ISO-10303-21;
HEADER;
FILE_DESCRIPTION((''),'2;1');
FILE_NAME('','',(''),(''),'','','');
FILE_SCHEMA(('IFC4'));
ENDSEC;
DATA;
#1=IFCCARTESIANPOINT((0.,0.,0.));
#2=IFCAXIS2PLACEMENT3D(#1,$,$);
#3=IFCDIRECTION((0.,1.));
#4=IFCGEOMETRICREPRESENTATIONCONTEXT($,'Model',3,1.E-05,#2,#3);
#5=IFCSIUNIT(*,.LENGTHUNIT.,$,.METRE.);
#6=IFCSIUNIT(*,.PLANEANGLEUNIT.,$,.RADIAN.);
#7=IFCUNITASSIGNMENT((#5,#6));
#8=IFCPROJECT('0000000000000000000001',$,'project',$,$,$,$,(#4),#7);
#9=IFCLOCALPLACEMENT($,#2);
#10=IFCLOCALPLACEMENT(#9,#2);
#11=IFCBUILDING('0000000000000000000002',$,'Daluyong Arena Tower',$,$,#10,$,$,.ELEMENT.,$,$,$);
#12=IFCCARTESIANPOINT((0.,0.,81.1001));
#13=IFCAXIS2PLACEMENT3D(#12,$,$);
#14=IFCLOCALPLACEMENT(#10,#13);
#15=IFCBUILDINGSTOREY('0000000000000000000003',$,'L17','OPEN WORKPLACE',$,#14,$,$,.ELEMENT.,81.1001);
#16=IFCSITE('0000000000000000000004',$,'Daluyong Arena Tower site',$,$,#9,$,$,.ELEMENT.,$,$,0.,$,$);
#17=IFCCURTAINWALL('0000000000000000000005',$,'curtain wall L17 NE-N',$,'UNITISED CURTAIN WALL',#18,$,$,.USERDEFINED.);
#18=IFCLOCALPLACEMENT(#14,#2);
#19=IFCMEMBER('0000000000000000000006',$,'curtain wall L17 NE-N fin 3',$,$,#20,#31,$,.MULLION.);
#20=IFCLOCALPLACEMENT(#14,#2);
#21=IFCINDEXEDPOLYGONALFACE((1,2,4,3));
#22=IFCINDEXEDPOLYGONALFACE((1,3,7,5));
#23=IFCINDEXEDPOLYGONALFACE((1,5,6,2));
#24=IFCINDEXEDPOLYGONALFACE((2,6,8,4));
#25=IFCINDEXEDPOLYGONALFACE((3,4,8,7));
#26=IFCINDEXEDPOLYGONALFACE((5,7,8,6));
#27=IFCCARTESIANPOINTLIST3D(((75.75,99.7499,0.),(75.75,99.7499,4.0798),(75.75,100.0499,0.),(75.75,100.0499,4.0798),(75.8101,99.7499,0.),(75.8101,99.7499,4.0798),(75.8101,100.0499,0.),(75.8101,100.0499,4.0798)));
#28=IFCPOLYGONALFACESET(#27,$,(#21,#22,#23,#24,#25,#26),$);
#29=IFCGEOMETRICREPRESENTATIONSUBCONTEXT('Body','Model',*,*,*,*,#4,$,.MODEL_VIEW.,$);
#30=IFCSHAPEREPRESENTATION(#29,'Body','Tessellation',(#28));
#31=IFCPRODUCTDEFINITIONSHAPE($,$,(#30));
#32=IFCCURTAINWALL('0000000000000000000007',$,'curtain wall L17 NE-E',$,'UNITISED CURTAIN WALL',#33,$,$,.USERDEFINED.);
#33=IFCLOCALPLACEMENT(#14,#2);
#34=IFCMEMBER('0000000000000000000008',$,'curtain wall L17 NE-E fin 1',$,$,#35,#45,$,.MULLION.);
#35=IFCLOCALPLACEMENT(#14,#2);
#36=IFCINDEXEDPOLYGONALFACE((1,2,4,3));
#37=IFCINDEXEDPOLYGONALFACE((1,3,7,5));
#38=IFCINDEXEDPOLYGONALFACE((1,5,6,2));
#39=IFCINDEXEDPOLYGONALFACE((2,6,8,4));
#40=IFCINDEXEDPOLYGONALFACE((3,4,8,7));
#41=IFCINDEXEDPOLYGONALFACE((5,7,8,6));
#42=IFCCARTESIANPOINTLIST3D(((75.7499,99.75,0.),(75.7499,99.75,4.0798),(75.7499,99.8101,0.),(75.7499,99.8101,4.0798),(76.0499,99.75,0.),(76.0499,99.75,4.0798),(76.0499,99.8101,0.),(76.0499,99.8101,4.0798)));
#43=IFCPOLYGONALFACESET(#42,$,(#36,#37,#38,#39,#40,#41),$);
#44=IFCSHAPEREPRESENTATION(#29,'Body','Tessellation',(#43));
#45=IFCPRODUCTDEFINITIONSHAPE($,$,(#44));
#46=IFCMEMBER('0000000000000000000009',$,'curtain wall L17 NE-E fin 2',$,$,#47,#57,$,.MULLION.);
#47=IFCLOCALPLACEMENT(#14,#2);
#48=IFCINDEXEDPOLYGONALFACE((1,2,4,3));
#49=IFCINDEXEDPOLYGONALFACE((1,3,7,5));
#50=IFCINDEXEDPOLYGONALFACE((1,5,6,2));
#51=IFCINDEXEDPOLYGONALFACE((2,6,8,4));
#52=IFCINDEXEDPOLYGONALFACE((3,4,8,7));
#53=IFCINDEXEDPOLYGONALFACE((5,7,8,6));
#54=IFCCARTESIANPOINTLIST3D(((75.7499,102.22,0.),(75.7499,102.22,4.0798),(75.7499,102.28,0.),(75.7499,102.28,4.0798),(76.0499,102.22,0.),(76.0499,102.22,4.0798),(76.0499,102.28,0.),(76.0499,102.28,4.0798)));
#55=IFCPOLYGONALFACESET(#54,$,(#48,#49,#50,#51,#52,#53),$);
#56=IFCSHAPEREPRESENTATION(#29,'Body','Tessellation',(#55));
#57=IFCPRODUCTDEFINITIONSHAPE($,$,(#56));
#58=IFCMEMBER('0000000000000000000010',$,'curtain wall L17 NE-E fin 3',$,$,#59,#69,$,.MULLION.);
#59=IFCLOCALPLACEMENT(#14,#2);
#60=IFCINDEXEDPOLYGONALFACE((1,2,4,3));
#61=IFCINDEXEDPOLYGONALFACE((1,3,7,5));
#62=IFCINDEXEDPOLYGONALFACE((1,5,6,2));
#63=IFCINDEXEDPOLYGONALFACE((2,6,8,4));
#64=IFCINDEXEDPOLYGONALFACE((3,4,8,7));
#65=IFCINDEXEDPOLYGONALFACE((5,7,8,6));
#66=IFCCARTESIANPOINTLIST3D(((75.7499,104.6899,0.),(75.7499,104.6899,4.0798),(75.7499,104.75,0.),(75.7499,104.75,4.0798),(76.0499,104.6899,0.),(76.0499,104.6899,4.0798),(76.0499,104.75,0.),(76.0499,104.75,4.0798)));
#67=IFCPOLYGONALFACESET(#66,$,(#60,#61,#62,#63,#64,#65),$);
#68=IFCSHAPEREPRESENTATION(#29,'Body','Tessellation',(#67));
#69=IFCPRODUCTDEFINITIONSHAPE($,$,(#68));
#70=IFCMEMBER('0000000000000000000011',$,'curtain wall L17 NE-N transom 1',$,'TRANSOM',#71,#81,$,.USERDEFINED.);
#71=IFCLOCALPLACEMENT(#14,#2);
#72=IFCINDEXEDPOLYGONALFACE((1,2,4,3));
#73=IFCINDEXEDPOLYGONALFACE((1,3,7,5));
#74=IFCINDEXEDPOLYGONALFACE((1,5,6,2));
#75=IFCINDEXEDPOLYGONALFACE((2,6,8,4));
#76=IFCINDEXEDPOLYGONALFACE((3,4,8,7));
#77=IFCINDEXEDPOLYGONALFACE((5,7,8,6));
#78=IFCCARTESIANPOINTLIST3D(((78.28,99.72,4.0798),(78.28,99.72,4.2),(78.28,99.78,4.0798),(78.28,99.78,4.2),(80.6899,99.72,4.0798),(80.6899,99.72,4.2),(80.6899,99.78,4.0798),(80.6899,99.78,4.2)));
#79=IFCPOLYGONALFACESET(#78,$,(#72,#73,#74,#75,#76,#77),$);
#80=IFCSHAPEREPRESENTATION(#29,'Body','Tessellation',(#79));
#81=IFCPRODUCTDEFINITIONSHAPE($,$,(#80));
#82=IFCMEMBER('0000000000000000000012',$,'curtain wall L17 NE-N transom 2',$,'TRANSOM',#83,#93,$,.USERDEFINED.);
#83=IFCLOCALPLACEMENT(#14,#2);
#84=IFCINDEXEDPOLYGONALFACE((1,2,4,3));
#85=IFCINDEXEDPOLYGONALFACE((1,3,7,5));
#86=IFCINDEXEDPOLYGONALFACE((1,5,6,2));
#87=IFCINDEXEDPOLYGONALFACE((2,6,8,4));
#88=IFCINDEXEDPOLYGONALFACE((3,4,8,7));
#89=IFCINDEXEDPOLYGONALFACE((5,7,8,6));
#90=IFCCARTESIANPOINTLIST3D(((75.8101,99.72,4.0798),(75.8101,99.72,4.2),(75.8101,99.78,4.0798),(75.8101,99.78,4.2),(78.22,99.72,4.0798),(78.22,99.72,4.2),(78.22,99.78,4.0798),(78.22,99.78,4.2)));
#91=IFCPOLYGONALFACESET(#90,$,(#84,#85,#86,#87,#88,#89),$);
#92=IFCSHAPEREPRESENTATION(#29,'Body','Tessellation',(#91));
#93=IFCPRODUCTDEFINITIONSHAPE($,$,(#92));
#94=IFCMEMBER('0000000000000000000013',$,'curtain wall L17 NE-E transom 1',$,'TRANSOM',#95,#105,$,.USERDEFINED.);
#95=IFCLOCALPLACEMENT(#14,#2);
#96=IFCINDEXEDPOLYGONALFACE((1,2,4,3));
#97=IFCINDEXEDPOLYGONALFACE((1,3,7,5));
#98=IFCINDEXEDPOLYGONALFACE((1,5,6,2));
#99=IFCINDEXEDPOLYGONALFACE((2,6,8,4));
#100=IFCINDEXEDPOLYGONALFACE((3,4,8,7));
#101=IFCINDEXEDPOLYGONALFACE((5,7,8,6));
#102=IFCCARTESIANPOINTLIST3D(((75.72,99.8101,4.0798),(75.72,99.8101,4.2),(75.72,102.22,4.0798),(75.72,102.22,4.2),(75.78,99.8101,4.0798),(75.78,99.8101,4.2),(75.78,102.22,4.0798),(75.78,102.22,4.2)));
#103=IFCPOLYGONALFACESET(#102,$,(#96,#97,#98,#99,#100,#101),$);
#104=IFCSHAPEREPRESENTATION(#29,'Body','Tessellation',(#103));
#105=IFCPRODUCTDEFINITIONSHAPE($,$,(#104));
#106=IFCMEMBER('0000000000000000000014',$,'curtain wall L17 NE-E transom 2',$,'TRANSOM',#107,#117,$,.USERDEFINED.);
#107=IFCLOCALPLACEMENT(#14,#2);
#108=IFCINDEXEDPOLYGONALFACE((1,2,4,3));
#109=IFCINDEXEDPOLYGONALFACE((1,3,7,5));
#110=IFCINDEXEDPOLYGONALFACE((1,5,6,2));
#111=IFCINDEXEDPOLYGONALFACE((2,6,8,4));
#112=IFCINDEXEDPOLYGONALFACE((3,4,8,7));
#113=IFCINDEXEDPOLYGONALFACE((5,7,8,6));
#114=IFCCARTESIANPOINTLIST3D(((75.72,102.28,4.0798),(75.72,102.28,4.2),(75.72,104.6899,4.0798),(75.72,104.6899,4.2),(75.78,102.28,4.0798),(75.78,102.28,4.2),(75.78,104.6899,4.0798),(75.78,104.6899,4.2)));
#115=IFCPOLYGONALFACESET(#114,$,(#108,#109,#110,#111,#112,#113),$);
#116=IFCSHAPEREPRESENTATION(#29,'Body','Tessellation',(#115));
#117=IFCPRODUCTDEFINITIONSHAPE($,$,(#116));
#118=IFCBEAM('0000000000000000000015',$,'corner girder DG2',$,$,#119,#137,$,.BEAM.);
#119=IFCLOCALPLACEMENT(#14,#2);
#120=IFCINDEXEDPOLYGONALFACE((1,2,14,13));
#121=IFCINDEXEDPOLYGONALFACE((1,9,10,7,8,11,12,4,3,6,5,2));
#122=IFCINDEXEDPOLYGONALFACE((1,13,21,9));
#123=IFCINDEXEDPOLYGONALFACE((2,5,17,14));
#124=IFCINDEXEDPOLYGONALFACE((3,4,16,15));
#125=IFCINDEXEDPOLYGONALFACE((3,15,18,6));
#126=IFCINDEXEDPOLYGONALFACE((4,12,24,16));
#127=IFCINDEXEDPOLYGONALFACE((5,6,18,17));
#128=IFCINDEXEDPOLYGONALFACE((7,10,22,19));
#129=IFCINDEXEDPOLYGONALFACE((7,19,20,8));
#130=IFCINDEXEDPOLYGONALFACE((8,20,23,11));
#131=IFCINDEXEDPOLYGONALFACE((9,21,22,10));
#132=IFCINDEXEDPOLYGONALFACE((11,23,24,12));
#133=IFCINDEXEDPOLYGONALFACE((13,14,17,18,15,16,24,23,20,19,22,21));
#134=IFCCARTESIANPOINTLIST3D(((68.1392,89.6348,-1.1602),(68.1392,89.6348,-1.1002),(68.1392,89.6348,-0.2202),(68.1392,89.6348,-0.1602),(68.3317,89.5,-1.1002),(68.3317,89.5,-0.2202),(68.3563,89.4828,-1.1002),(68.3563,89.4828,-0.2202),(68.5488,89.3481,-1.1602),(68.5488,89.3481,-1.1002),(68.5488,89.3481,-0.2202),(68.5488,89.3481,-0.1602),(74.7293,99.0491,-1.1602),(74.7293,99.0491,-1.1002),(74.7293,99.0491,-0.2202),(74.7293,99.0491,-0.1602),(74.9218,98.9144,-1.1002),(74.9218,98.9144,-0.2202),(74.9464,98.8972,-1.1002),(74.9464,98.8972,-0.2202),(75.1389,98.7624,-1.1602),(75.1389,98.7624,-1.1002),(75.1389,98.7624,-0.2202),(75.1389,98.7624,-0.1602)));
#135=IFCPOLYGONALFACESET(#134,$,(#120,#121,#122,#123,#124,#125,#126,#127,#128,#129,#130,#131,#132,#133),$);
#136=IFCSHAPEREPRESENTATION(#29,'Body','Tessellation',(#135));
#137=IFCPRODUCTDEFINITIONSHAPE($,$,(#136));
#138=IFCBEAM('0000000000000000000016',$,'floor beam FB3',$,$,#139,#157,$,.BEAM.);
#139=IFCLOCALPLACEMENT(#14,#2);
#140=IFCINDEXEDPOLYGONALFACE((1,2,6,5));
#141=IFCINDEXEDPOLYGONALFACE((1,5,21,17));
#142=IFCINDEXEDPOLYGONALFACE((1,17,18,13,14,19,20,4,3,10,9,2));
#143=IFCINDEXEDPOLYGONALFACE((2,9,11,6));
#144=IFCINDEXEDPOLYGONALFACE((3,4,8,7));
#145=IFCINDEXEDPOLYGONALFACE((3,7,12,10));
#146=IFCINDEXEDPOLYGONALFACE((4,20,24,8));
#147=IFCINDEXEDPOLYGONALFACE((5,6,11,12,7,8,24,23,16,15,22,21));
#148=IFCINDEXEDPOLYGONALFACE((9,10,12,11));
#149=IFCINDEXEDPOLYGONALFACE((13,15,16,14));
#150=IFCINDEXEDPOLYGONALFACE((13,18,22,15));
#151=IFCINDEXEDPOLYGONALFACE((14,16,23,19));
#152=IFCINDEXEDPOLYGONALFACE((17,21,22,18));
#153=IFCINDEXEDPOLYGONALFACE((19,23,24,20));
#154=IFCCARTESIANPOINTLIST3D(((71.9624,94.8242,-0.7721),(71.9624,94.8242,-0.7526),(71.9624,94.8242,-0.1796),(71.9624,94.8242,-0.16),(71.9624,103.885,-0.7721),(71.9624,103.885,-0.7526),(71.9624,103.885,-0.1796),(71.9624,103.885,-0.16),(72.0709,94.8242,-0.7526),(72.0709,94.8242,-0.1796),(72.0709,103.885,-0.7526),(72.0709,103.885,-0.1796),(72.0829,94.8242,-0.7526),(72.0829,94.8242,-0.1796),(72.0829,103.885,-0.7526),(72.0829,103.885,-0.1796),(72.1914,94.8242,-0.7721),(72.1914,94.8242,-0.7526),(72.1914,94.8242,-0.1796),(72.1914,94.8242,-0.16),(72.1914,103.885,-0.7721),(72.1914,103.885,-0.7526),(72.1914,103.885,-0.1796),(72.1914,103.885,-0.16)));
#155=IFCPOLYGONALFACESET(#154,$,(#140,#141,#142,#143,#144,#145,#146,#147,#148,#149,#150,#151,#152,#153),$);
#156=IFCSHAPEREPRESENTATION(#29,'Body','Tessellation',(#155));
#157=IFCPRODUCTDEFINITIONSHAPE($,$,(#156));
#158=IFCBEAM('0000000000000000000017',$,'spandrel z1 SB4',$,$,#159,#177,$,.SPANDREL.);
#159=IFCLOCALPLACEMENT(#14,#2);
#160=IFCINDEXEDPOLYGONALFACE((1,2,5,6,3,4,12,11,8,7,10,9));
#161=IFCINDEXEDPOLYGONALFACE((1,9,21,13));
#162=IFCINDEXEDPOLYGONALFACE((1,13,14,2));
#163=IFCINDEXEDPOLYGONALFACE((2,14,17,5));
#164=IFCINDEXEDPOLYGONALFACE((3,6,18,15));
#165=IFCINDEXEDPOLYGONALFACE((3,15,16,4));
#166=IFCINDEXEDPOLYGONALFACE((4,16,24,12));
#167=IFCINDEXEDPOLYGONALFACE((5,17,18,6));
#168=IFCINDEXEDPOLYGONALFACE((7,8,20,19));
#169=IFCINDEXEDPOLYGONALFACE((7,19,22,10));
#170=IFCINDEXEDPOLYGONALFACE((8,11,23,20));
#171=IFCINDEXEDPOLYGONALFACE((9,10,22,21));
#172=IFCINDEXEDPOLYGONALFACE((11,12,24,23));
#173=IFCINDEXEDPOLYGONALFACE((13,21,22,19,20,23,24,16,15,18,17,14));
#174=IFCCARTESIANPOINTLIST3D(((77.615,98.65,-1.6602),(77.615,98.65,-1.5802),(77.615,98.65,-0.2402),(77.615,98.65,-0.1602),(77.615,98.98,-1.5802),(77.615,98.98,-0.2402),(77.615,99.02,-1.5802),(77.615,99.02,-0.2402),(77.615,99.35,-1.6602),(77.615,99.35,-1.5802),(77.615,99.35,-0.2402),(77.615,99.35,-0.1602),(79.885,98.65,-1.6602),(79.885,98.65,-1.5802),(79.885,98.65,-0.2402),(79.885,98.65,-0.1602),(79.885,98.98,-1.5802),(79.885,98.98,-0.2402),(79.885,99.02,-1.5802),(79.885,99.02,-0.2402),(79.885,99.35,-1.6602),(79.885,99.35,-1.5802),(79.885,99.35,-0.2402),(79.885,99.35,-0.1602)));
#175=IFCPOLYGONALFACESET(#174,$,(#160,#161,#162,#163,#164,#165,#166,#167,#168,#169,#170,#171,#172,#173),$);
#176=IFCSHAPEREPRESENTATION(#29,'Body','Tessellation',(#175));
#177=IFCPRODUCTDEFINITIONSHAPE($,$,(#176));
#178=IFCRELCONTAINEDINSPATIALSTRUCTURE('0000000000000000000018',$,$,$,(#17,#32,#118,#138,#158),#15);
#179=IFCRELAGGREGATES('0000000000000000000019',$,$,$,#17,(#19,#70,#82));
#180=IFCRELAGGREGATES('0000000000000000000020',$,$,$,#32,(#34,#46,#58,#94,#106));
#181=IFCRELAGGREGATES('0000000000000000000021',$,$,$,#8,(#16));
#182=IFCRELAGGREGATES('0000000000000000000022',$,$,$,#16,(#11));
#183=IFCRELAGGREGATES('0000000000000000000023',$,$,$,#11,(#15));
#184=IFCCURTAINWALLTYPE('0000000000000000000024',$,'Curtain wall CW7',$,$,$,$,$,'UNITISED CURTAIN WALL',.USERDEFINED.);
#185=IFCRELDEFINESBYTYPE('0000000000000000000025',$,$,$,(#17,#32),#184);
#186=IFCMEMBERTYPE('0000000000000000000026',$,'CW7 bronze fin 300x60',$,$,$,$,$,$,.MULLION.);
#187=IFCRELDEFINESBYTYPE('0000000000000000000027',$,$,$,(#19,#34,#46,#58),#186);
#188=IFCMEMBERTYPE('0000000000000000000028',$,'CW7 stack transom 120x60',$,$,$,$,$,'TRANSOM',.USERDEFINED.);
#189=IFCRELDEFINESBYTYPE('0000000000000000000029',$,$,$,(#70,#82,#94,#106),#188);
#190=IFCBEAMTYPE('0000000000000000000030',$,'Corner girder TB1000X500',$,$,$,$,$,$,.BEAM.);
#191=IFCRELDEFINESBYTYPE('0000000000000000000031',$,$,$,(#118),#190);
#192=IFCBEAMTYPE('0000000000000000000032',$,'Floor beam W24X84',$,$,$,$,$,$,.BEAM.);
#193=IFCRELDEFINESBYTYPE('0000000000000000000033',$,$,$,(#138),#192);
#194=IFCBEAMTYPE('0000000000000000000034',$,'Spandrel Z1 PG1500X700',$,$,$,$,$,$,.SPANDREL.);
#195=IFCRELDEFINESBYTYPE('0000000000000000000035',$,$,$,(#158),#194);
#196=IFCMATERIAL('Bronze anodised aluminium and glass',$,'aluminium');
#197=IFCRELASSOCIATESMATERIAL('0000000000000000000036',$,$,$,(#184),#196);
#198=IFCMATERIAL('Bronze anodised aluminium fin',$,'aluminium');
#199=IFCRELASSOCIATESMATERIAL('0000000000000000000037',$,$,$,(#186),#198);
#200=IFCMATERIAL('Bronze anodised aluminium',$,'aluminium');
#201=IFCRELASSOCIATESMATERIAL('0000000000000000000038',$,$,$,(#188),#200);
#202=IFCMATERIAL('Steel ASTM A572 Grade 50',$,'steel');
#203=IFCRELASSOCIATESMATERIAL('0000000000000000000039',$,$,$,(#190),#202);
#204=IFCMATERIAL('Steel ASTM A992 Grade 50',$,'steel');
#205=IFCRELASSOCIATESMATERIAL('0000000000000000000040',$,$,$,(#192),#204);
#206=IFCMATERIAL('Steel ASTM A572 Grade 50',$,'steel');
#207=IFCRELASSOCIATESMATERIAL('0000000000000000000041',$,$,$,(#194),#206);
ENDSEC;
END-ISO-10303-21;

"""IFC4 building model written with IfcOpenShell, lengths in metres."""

from ifc_helpers import new_model, si_unit, direction, frame, origin, origin_2d, place, context, subcontext, project, spatial, rectangle, i_section, extrude, material, material_profile, profile_set, type_object, element, aggregate, save


model = new_model("IFC4")

# Units and contexts
model_context = context("Model", 3, precision=1e-05, world=origin(), true_north=direction((0.0, 1.0)))
body_context = subcontext(model_context, "Body", "Model", "MODEL_VIEW")
ifc_project = project(units=[si_unit("LENGTHUNIT", "METRE"), si_unit("PLANEANGLEUNIT", "RADIAN")], contexts=[model_context])

# Site, building, storey
site_placement = place(None, origin())
site = spatial("IfcSite", under=ifc_project, at=site_placement, Name="Daluyong Arena Tower site", CompositionType="ELEMENT", RefElevation=0.0)
building_placement = place(site_placement, origin())
building = spatial("IfcBuilding", under=site, at=building_placement, Name="Daluyong Arena Tower", CompositionType="ELEMENT")
storey_placement = place(building_placement, frame((0.0, 0.0, 81.1001)))
storey = spatial("IfcBuildingStorey", under=building, at=storey_placement, Name="L17", Description="OPEN WORKPLACE", CompositionType="ELEMENT", Elevation=81.1001)

# Curtain walls, members
ifc_material_1 = material(Name="Bronze anodised aluminium and glass", Category="aluminium")
curtain_wall_type_1 = type_object("IfcCurtainWallType", Name="Curtain wall CW7", ElementType="UNITISED CURTAIN WALL", PredefinedType="USERDEFINED", material=ifc_material_1)
curtain_wall_1_placement = place(storey_placement, origin())
curtain_wall_1 = element("IfcCurtainWall", 1, at=curtain_wall_1_placement, inside=storey, type_object=curtain_wall_type_1, Name="curtain wall L17 NE-N", ObjectType="UNITISED CURTAIN WALL", PredefinedType="USERDEFINED")
ifc_material_2 = material(Name="Bronze anodised aluminium fin", Category="aluminium")
ifc_material_profile_1 = material_profile(ifc_material_2, rectangle(XDim=0.3, YDim=0.0601, at=origin_2d()))
ifc_profile_set_1 = profile_set([ifc_material_profile_1], Name="Bronze anodised aluminium fin")
member_type_1 = type_object("IfcMemberType", Name="CW7 bronze fin 300x60", PredefinedType="MULLION", material=ifc_profile_set_1)
member_1_placement = place(storey_placement, frame((75.78, 99.8999, 0.0), z_axis=(0.0, 0.0, 1.0), x_axis=(0.0, -1.0, 0.0)))
member_1 = element("IfcMember", 2, at=member_1_placement, type_object=member_type_1, Name="curtain wall L17 NE-N fin 3", PredefinedType="MULLION", context=body_context, shape_type="SweptSolid", body=[
    extrude(rectangle(XDim=0.3, YDim=0.0601, at=origin_2d()), origin(), (0.0, 0.0, 1.0), 4.0798),
])
curtain_wall_2_placement = place(storey_placement, origin())
curtain_wall_2 = element("IfcCurtainWall", 3, at=curtain_wall_2_placement, inside=storey, type_object=curtain_wall_type_1, Name="curtain wall L17 NE-E", ObjectType="UNITISED CURTAIN WALL", PredefinedType="USERDEFINED")
member_2_placement = place(storey_placement, frame((75.8999, 99.78, 0.0), z_axis=(0.0, 0.0, 1.0), x_axis=(-1.0, 0.0, 0.0)))
member_2 = element("IfcMember", 4, at=member_2_placement, type_object=member_type_1, Name="curtain wall L17 NE-E fin 1", PredefinedType="MULLION", context=body_context, shape_type="SweptSolid", body=[
    extrude(rectangle(XDim=0.3, YDim=0.0601, at=origin_2d()), origin(), (0.0, 0.0, 1.0), 4.0798),
])
member_3_placement = place(storey_placement, frame((75.8999, 102.25, 0.0), z_axis=(0.0, 0.0, 1.0), x_axis=(-1.0, 0.0, 0.0)))
member_3 = element("IfcMember", 5, at=member_3_placement, type_object=member_type_1, Name="curtain wall L17 NE-E fin 2", PredefinedType="MULLION", context=body_context, shape_type="SweptSolid", body=[
    extrude(rectangle(XDim=0.3, YDim=0.0601, at=origin_2d()), origin(), (0.0, 0.0, 1.0), 4.0798),
])
member_4_placement = place(storey_placement, frame((75.8999, 104.72, 0.0), z_axis=(0.0, 0.0, 1.0), x_axis=(-1.0, 0.0, 0.0)))
member_4 = element("IfcMember", 6, at=member_4_placement, type_object=member_type_1, Name="curtain wall L17 NE-E fin 3", PredefinedType="MULLION", context=body_context, shape_type="SweptSolid", body=[
    extrude(rectangle(XDim=0.3, YDim=0.0601, at=origin_2d()), origin(), (0.0, 0.0, 1.0), 4.0798),
])

# Members
ifc_material_3 = material(Name="Bronze anodised aluminium", Category="aluminium")
ifc_material_profile_2 = material_profile(ifc_material_3, rectangle(XDim=0.0601, YDim=0.1201, at=origin_2d()))
ifc_profile_set_2 = profile_set([ifc_material_profile_2], Name="Bronze anodised aluminium")
member_type_2 = type_object("IfcMemberType", Name="CW7 stack transom 120x60", ElementType="TRANSOM", PredefinedType="USERDEFINED", material=ifc_profile_set_2)
member_5_placement = place(storey_placement, frame((80.6899, 99.75, 4.1399), z_axis=(-1.0, 0.0, 0.0), x_axis=(0.0, -1.0, 0.0)))
member_5 = element("IfcMember", 7, at=member_5_placement, type_object=member_type_2, Name="curtain wall L17 NE-N transom 1", ObjectType="TRANSOM", PredefinedType="USERDEFINED", context=body_context, shape_type="SweptSolid", body=[
    extrude(rectangle(XDim=0.0601, YDim=0.1201, at=origin_2d()), origin(), (0.0, 0.0, 1.0), 2.4099),
])
member_6_placement = place(storey_placement, frame((78.22, 99.75, 4.1399), z_axis=(-1.0, 0.0, 0.0), x_axis=(0.0, -1.0, 0.0)))
member_6 = element("IfcMember", 8, at=member_6_placement, type_object=member_type_2, Name="curtain wall L17 NE-N transom 2", ObjectType="TRANSOM", PredefinedType="USERDEFINED", context=body_context, shape_type="SweptSolid", body=[
    extrude(rectangle(XDim=0.0601, YDim=0.1201, at=origin_2d()), origin(), (0.0, 0.0, 1.0), 2.4099),
])
member_7_placement = place(storey_placement, frame((75.75, 99.8101, 4.1399), z_axis=(0.0, 1.0, 0.0), x_axis=(-1.0, 0.0, 0.0)))
member_7 = element("IfcMember", 9, at=member_7_placement, type_object=member_type_2, Name="curtain wall L17 NE-E transom 1", ObjectType="TRANSOM", PredefinedType="USERDEFINED", context=body_context, shape_type="SweptSolid", body=[
    extrude(rectangle(XDim=0.0601, YDim=0.1201, at=origin_2d()), origin(), (0.0, 0.0, 1.0), 2.4099),
])
member_8_placement = place(storey_placement, frame((75.75, 102.28, 4.1399), z_axis=(0.0, 1.0, 0.0), x_axis=(-1.0, 0.0, 0.0)))
member_8 = element("IfcMember", 10, at=member_8_placement, type_object=member_type_2, Name="curtain wall L17 NE-E transom 2", ObjectType="TRANSOM", PredefinedType="USERDEFINED", context=body_context, shape_type="SweptSolid", body=[
    extrude(rectangle(XDim=0.0601, YDim=0.1201, at=origin_2d()), origin(), (0.0, 0.0, 1.0), 2.4099),
])

# Beams
ifc_material_4 = material(Name="Steel ASTM A572 Grade 50", Category="steel")
ifc_material_profile_3 = material_profile(ifc_material_4, i_section(OverallWidth=0.5, OverallDepth=1.0, WebThickness=0.03, FlangeThickness=0.06, at=origin_2d()))
ifc_profile_set_3 = profile_set([ifc_material_profile_3], Name="Steel ASTM A572 Grade 50")
beam_type_1 = type_object("IfcBeamType", Name="Corner girder TB1000X500", PredefinedType="BEAM", material=ifc_profile_set_3)
beam_1_placement = place(storey_placement, frame((74.9341, 98.9058, -0.6602), z_axis=(-0.573467, -0.819229, 0.0), x_axis=(0.819229, -0.573467, 0.0)))
element("IfcBeam", 11, at=beam_1_placement, inside=storey, type_object=beam_type_1, Name="corner girder DG2", PredefinedType="BEAM", context=body_context, shape_type="SweptSolid", body=[
    extrude(i_section(OverallWidth=0.5, OverallDepth=1.0, WebThickness=0.03, FlangeThickness=0.06, at=origin_2d()), origin(), (0.0, 0.0, 1.0), 11.4917),
])
ifc_material_5 = material(Name="Steel ASTM A992 Grade 50", Category="steel")
ifc_material_profile_4 = material_profile(ifc_material_5, i_section(OverallWidth=0.229, OverallDepth=0.6121, WebThickness=0.012, FlangeThickness=0.0195, at=origin_2d()))
ifc_profile_set_4 = profile_set([ifc_material_profile_4], Name="Steel ASTM A992 Grade 50")
beam_type_2 = type_object("IfcBeamType", Name="Floor beam W24X84", PredefinedType="BEAM", material=ifc_profile_set_4)
beam_2_placement = place(storey_placement, frame((72.0769, 103.885, -0.4661), z_axis=(0.0, -1.0, 0.0), x_axis=(1.0, 0.0, 0.0)))
element("IfcBeam", 12, at=beam_2_placement, inside=storey, type_object=beam_type_2, Name="floor beam FB3", PredefinedType="BEAM", context=body_context, shape_type="SweptSolid", body=[
    extrude(i_section(OverallWidth=0.229, OverallDepth=0.6121, WebThickness=0.012, FlangeThickness=0.0195, at=origin_2d()), origin(), (0.0, 0.0, 1.0), 9.0608),
])
ifc_material_6 = material(Name="Steel ASTM A572 Grade 50", Category="steel")
ifc_material_profile_5 = material_profile(ifc_material_6, i_section(OverallWidth=0.7, OverallDepth=1.5, WebThickness=0.04, FlangeThickness=0.08, at=origin_2d()))
ifc_profile_set_5 = profile_set([ifc_material_profile_5], Name="Steel ASTM A572 Grade 50")
beam_type_3 = type_object("IfcBeamType", Name="Spandrel Z1 PG1500X700", PredefinedType="SPANDREL", material=ifc_profile_set_5)
for number, where, z_axis, x_axis, name in (
    (13, (79.885, 99.0, -0.9102), (-1.0, 0.0, 0.0), (0.0, -1.0, 0.0), "spandrel z1 SB4"),
):
    element("IfcBeam", number, at=place(storey_placement, frame(where, z_axis=z_axis, x_axis=x_axis)), inside=storey, type_object=beam_type_3, Name=name, PredefinedType="SPANDREL", context=body_context, shape_type="SweptSolid", body=[
        extrude(i_section(OverallWidth=0.7, OverallDepth=1.5, WebThickness=0.04, FlangeThickness=0.08, at=origin_2d()), origin(), (0.0, 0.0, 1.0), 2.27),
    ])

aggregate(curtain_wall_1, [member_1, member_5, member_6])
aggregate(curtain_wall_2, [member_2, member_3, member_4, member_7, member_8])

save(model, "model.ifc")
